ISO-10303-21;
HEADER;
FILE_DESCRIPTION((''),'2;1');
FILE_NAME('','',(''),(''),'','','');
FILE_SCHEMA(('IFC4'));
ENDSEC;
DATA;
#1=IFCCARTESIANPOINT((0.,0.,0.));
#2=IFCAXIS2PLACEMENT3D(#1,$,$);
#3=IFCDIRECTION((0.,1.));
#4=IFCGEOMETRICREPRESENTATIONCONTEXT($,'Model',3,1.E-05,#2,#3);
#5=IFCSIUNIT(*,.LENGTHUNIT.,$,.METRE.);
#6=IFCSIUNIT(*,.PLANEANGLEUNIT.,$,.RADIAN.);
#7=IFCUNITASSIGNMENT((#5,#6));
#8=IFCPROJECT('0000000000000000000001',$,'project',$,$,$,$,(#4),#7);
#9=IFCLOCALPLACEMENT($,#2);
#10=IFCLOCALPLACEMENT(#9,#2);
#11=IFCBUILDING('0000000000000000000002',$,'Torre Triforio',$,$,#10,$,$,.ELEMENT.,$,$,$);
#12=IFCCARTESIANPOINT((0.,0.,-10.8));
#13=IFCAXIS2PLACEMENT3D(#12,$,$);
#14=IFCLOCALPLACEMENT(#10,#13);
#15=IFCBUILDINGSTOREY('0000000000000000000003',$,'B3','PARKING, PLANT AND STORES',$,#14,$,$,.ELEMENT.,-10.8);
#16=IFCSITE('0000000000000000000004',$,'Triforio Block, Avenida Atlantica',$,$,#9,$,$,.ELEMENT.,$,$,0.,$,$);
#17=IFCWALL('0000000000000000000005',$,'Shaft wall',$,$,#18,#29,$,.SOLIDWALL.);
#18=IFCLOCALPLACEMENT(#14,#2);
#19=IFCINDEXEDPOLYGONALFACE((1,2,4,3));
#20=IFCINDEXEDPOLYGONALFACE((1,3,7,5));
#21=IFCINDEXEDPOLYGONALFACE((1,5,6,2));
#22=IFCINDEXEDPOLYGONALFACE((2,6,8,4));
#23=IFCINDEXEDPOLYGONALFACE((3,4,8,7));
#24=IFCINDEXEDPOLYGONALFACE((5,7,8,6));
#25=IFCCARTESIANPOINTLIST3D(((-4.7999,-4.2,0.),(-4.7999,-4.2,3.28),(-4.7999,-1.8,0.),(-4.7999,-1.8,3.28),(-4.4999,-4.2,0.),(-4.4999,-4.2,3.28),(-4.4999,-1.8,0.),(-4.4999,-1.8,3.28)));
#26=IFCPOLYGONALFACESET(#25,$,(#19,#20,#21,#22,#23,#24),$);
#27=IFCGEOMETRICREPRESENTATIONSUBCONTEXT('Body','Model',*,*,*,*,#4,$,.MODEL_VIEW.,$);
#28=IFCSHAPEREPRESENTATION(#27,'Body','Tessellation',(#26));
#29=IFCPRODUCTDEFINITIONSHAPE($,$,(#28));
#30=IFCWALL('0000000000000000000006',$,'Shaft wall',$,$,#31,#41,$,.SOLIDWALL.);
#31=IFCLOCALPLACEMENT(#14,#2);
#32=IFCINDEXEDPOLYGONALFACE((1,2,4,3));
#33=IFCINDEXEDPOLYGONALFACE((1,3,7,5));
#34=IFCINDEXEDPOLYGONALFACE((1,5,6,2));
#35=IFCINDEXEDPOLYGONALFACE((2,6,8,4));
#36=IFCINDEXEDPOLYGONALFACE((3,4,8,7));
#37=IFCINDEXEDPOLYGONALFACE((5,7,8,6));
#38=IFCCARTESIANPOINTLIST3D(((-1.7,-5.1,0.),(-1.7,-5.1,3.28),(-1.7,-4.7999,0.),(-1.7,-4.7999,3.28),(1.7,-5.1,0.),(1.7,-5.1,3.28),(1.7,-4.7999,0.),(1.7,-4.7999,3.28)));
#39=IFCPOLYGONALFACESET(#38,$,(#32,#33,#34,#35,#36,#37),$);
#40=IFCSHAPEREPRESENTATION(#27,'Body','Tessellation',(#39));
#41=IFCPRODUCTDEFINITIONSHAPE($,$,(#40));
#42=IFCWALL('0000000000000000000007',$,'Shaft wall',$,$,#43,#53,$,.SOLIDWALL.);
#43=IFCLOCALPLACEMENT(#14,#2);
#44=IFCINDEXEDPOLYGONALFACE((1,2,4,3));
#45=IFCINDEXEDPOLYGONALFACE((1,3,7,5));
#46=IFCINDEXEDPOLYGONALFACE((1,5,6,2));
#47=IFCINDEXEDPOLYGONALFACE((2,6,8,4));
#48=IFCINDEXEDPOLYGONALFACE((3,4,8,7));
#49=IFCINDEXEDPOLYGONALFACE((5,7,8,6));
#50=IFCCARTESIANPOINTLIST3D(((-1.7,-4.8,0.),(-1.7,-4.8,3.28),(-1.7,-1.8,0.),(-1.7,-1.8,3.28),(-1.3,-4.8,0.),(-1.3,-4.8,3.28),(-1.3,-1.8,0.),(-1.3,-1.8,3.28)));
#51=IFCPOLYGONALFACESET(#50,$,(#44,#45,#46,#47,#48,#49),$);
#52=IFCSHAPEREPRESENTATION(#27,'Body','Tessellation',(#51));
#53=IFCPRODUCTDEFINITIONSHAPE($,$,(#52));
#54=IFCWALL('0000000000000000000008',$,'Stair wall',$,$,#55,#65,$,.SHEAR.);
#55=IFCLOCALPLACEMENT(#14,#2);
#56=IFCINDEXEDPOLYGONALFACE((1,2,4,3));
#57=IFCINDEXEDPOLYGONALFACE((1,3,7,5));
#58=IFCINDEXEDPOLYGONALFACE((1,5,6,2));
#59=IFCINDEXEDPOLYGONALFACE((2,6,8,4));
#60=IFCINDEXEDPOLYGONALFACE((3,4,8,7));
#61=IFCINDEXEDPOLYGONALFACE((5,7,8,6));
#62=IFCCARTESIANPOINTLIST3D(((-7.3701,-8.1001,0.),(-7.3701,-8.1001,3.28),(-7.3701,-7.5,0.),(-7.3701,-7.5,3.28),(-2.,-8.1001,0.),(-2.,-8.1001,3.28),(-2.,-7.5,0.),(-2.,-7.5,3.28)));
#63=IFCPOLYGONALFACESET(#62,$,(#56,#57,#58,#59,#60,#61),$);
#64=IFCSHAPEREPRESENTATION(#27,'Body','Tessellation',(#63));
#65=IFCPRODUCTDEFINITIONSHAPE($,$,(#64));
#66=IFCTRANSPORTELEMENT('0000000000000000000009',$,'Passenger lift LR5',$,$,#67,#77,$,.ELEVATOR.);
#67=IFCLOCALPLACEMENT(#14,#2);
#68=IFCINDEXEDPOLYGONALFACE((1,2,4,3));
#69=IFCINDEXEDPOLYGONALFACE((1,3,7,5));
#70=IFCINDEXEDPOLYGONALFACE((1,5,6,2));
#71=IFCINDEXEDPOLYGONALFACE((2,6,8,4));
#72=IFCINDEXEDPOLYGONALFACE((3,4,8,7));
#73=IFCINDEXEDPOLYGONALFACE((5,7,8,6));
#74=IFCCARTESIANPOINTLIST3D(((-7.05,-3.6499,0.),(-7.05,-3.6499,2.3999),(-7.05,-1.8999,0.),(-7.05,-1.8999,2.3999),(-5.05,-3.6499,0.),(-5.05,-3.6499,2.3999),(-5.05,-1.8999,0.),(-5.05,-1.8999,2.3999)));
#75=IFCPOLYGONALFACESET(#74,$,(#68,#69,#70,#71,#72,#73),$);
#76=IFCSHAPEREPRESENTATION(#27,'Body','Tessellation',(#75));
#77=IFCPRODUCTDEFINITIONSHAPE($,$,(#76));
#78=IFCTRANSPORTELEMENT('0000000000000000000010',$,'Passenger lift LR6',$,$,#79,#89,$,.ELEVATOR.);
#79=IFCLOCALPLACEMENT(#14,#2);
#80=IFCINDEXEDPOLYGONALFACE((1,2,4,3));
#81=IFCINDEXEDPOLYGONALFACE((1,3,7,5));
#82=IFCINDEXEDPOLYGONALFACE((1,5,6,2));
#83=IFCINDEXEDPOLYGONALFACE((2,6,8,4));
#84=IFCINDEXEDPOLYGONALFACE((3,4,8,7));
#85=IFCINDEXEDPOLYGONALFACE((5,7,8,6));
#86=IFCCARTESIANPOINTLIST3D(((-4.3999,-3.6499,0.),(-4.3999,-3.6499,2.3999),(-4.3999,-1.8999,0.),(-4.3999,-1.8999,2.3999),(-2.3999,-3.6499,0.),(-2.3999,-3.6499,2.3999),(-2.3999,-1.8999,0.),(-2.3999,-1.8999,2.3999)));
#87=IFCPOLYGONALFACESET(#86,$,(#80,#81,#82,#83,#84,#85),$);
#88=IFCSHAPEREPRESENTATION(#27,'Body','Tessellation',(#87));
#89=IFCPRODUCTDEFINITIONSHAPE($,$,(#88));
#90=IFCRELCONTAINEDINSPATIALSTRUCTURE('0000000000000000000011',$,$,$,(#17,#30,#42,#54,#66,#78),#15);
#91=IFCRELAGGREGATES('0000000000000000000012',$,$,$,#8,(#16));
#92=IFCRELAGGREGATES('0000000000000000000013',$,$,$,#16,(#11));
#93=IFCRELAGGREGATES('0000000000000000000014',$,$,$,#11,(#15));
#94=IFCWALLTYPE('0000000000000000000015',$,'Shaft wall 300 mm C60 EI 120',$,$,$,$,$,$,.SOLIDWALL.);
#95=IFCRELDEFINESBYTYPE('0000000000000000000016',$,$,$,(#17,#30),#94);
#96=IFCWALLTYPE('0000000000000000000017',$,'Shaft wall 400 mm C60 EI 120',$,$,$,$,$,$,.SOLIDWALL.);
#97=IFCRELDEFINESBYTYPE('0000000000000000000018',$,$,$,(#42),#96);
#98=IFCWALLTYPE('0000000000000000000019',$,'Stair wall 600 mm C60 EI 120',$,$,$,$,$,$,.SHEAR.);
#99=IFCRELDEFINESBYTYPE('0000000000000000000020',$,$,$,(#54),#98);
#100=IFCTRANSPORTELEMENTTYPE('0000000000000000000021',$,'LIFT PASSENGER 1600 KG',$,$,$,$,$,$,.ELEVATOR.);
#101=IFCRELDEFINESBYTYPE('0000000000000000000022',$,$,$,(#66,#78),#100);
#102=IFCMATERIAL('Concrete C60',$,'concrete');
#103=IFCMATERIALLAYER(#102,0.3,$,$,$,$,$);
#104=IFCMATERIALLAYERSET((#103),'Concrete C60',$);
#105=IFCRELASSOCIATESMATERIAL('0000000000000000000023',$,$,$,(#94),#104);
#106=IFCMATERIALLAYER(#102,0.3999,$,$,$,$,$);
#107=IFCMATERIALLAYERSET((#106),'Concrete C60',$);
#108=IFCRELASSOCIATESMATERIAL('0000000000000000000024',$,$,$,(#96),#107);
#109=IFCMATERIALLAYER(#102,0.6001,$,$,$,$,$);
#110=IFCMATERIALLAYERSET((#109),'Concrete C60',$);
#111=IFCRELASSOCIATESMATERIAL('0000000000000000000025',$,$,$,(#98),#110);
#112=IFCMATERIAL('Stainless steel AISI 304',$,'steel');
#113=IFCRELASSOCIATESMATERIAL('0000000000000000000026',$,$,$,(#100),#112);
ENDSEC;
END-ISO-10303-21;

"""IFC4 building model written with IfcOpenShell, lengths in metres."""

from ifc_helpers import new_model, si_unit, direction, frame, frame_2d, origin, origin_2d, place, context, subcontext, project, spatial, rectangle, extrude, material, layer, layer_set, type_object, element, save


model = new_model("IFC4")

# Units and contexts
model_context = context("Model", 3, precision=1e-05, world=origin(), true_north=direction((0.0, 1.0)))
body_context = subcontext(model_context, "Body", "Model", "MODEL_VIEW")
ifc_project = project(units=[si_unit("LENGTHUNIT", "METRE"), si_unit("PLANEANGLEUNIT", "RADIAN")], contexts=[model_context])

# Site, building, storey
site_placement = place(None, origin())
site = spatial("IfcSite", under=ifc_project, at=site_placement, Name="Triforio Block, Avenida Atlantica", CompositionType="ELEMENT", RefElevation=0.0)
building_placement = place(site_placement, origin())
building = spatial("IfcBuilding", under=site, at=building_placement, Name="Torre Triforio", CompositionType="ELEMENT")
storey_placement = place(building_placement, frame((0.0, 0.0, -10.8)))
storey = spatial("IfcBuildingStorey", under=building, at=storey_placement, Name="B3", Description="PARKING, PLANT AND STORES", CompositionType="ELEMENT", Elevation=-10.8)

# Shared definitions
ifc_material_1 = material(Name="Concrete C60", Category="concrete")

# Walls
ifc_layer_1 = layer(ifc_material_1, 0.3)
ifc_layer_set_1 = layer_set([ifc_layer_1], Name="Concrete C60")
wall_type_1 = type_object("IfcWallType", Name="Shaft wall 300 mm C60 EI 120", PredefinedType="SOLIDWALL", material=ifc_layer_set_1)
wall_1_placement = place(storey_placement, frame((-4.6499, -4.2, 0.0), z_axis=(0.0, 0.0, 1.0), x_axis=(0.0, 1.0, 0.0)))
element("IfcWall", 1, at=wall_1_placement, inside=storey, type_object=wall_type_1, Name="Shaft wall", PredefinedType="SOLIDWALL", context=body_context, shape_type="SweptSolid", body=[
    extrude(rectangle(XDim=2.3999, YDim=0.3, at=frame_2d((1.2, 0.0))), origin(), (0.0, 0.0, 1.0), 3.28),
])
wall_2_placement = place(storey_placement, frame((-1.7, -4.95, 0.0), z_axis=(0.0, 0.0, 1.0), x_axis=(1.0, 0.0, 0.0)))
element("IfcWall", 2, at=wall_2_placement, inside=storey, type_object=wall_type_1, Name="Shaft wall", PredefinedType="SOLIDWALL", context=body_context, shape_type="SweptSolid", body=[
    extrude(rectangle(XDim=3.3999, YDim=0.3, at=frame_2d((1.7, 0.0))), origin(), (0.0, 0.0, 1.0), 3.28),
])
ifc_layer_2 = layer(ifc_material_1, 0.3999)
ifc_layer_set_2 = layer_set([ifc_layer_2], Name="Concrete C60")
wall_type_2 = type_object("IfcWallType", Name="Shaft wall 400 mm C60 EI 120", PredefinedType="SOLIDWALL", material=ifc_layer_set_2)
wall_3_placement = place(storey_placement, frame((-1.5, -4.8, 0.0), z_axis=(0.0, 0.0, 1.0), x_axis=(0.0, 1.0, 0.0)))
element("IfcWall", 3, at=wall_3_placement, inside=storey, type_object=wall_type_2, Name="Shaft wall", PredefinedType="SOLIDWALL", context=body_context, shape_type="SweptSolid", body=[
    extrude(rectangle(XDim=3.0, YDim=0.3999, at=frame_2d((1.5, 0.0))), origin(), (0.0, 0.0, 1.0), 3.28),
])
ifc_layer_3 = layer(ifc_material_1, 0.6001)
ifc_layer_set_3 = layer_set([ifc_layer_3], Name="Concrete C60")
wall_type_3 = type_object("IfcWallType", Name="Stair wall 600 mm C60 EI 120", PredefinedType="SHEAR", material=ifc_layer_set_3)
wall_4_placement = place(storey_placement, frame((-7.3701, -7.8, 0.0), z_axis=(0.0, 0.0, 1.0), x_axis=(1.0, 0.0, 0.0)))
element("IfcWall", 4, at=wall_4_placement, inside=storey, type_object=wall_type_3, Name="Stair wall", PredefinedType="SHEAR", context=body_context, shape_type="SweptSolid", body=[
    extrude(rectangle(XDim=5.3701, YDim=0.6001, at=frame_2d((2.6851, 0.0))), origin(), (0.0, 0.0, 1.0), 3.28),
])

# Transport elements
ifc_material_2 = material(Name="Stainless steel AISI 304", Category="steel")
transport_element_type = type_object("IfcTransportElementType", Name="LIFT PASSENGER 1600 KG", PredefinedType="ELEVATOR", material=ifc_material_2)
for number, where, z_axis, x_axis, name in (
    (5, (-6.05, -2.7749, 0.0), (0.0, 0.0, 1.0), (1.0, 0.0, 0.0), "Passenger lift LR5"),
    (6, (-3.3999, -2.7749, 0.0), (0.0, 0.0, 1.0), (1.0, 0.0, 0.0), "Passenger lift LR6"),
):
    element("IfcTransportElement", number, at=place(storey_placement, frame(where, z_axis=z_axis, x_axis=x_axis)), inside=storey, type_object=transport_element_type, Name=name, PredefinedType="ELEVATOR", context=body_context, shape_type="SweptSolid", body=[
        extrude(rectangle(XDim=2.0, YDim=1.75, at=origin_2d()), origin(), (0.0, 0.0, 1.0), 2.3999),
    ])

save(model, "model.ifc")
